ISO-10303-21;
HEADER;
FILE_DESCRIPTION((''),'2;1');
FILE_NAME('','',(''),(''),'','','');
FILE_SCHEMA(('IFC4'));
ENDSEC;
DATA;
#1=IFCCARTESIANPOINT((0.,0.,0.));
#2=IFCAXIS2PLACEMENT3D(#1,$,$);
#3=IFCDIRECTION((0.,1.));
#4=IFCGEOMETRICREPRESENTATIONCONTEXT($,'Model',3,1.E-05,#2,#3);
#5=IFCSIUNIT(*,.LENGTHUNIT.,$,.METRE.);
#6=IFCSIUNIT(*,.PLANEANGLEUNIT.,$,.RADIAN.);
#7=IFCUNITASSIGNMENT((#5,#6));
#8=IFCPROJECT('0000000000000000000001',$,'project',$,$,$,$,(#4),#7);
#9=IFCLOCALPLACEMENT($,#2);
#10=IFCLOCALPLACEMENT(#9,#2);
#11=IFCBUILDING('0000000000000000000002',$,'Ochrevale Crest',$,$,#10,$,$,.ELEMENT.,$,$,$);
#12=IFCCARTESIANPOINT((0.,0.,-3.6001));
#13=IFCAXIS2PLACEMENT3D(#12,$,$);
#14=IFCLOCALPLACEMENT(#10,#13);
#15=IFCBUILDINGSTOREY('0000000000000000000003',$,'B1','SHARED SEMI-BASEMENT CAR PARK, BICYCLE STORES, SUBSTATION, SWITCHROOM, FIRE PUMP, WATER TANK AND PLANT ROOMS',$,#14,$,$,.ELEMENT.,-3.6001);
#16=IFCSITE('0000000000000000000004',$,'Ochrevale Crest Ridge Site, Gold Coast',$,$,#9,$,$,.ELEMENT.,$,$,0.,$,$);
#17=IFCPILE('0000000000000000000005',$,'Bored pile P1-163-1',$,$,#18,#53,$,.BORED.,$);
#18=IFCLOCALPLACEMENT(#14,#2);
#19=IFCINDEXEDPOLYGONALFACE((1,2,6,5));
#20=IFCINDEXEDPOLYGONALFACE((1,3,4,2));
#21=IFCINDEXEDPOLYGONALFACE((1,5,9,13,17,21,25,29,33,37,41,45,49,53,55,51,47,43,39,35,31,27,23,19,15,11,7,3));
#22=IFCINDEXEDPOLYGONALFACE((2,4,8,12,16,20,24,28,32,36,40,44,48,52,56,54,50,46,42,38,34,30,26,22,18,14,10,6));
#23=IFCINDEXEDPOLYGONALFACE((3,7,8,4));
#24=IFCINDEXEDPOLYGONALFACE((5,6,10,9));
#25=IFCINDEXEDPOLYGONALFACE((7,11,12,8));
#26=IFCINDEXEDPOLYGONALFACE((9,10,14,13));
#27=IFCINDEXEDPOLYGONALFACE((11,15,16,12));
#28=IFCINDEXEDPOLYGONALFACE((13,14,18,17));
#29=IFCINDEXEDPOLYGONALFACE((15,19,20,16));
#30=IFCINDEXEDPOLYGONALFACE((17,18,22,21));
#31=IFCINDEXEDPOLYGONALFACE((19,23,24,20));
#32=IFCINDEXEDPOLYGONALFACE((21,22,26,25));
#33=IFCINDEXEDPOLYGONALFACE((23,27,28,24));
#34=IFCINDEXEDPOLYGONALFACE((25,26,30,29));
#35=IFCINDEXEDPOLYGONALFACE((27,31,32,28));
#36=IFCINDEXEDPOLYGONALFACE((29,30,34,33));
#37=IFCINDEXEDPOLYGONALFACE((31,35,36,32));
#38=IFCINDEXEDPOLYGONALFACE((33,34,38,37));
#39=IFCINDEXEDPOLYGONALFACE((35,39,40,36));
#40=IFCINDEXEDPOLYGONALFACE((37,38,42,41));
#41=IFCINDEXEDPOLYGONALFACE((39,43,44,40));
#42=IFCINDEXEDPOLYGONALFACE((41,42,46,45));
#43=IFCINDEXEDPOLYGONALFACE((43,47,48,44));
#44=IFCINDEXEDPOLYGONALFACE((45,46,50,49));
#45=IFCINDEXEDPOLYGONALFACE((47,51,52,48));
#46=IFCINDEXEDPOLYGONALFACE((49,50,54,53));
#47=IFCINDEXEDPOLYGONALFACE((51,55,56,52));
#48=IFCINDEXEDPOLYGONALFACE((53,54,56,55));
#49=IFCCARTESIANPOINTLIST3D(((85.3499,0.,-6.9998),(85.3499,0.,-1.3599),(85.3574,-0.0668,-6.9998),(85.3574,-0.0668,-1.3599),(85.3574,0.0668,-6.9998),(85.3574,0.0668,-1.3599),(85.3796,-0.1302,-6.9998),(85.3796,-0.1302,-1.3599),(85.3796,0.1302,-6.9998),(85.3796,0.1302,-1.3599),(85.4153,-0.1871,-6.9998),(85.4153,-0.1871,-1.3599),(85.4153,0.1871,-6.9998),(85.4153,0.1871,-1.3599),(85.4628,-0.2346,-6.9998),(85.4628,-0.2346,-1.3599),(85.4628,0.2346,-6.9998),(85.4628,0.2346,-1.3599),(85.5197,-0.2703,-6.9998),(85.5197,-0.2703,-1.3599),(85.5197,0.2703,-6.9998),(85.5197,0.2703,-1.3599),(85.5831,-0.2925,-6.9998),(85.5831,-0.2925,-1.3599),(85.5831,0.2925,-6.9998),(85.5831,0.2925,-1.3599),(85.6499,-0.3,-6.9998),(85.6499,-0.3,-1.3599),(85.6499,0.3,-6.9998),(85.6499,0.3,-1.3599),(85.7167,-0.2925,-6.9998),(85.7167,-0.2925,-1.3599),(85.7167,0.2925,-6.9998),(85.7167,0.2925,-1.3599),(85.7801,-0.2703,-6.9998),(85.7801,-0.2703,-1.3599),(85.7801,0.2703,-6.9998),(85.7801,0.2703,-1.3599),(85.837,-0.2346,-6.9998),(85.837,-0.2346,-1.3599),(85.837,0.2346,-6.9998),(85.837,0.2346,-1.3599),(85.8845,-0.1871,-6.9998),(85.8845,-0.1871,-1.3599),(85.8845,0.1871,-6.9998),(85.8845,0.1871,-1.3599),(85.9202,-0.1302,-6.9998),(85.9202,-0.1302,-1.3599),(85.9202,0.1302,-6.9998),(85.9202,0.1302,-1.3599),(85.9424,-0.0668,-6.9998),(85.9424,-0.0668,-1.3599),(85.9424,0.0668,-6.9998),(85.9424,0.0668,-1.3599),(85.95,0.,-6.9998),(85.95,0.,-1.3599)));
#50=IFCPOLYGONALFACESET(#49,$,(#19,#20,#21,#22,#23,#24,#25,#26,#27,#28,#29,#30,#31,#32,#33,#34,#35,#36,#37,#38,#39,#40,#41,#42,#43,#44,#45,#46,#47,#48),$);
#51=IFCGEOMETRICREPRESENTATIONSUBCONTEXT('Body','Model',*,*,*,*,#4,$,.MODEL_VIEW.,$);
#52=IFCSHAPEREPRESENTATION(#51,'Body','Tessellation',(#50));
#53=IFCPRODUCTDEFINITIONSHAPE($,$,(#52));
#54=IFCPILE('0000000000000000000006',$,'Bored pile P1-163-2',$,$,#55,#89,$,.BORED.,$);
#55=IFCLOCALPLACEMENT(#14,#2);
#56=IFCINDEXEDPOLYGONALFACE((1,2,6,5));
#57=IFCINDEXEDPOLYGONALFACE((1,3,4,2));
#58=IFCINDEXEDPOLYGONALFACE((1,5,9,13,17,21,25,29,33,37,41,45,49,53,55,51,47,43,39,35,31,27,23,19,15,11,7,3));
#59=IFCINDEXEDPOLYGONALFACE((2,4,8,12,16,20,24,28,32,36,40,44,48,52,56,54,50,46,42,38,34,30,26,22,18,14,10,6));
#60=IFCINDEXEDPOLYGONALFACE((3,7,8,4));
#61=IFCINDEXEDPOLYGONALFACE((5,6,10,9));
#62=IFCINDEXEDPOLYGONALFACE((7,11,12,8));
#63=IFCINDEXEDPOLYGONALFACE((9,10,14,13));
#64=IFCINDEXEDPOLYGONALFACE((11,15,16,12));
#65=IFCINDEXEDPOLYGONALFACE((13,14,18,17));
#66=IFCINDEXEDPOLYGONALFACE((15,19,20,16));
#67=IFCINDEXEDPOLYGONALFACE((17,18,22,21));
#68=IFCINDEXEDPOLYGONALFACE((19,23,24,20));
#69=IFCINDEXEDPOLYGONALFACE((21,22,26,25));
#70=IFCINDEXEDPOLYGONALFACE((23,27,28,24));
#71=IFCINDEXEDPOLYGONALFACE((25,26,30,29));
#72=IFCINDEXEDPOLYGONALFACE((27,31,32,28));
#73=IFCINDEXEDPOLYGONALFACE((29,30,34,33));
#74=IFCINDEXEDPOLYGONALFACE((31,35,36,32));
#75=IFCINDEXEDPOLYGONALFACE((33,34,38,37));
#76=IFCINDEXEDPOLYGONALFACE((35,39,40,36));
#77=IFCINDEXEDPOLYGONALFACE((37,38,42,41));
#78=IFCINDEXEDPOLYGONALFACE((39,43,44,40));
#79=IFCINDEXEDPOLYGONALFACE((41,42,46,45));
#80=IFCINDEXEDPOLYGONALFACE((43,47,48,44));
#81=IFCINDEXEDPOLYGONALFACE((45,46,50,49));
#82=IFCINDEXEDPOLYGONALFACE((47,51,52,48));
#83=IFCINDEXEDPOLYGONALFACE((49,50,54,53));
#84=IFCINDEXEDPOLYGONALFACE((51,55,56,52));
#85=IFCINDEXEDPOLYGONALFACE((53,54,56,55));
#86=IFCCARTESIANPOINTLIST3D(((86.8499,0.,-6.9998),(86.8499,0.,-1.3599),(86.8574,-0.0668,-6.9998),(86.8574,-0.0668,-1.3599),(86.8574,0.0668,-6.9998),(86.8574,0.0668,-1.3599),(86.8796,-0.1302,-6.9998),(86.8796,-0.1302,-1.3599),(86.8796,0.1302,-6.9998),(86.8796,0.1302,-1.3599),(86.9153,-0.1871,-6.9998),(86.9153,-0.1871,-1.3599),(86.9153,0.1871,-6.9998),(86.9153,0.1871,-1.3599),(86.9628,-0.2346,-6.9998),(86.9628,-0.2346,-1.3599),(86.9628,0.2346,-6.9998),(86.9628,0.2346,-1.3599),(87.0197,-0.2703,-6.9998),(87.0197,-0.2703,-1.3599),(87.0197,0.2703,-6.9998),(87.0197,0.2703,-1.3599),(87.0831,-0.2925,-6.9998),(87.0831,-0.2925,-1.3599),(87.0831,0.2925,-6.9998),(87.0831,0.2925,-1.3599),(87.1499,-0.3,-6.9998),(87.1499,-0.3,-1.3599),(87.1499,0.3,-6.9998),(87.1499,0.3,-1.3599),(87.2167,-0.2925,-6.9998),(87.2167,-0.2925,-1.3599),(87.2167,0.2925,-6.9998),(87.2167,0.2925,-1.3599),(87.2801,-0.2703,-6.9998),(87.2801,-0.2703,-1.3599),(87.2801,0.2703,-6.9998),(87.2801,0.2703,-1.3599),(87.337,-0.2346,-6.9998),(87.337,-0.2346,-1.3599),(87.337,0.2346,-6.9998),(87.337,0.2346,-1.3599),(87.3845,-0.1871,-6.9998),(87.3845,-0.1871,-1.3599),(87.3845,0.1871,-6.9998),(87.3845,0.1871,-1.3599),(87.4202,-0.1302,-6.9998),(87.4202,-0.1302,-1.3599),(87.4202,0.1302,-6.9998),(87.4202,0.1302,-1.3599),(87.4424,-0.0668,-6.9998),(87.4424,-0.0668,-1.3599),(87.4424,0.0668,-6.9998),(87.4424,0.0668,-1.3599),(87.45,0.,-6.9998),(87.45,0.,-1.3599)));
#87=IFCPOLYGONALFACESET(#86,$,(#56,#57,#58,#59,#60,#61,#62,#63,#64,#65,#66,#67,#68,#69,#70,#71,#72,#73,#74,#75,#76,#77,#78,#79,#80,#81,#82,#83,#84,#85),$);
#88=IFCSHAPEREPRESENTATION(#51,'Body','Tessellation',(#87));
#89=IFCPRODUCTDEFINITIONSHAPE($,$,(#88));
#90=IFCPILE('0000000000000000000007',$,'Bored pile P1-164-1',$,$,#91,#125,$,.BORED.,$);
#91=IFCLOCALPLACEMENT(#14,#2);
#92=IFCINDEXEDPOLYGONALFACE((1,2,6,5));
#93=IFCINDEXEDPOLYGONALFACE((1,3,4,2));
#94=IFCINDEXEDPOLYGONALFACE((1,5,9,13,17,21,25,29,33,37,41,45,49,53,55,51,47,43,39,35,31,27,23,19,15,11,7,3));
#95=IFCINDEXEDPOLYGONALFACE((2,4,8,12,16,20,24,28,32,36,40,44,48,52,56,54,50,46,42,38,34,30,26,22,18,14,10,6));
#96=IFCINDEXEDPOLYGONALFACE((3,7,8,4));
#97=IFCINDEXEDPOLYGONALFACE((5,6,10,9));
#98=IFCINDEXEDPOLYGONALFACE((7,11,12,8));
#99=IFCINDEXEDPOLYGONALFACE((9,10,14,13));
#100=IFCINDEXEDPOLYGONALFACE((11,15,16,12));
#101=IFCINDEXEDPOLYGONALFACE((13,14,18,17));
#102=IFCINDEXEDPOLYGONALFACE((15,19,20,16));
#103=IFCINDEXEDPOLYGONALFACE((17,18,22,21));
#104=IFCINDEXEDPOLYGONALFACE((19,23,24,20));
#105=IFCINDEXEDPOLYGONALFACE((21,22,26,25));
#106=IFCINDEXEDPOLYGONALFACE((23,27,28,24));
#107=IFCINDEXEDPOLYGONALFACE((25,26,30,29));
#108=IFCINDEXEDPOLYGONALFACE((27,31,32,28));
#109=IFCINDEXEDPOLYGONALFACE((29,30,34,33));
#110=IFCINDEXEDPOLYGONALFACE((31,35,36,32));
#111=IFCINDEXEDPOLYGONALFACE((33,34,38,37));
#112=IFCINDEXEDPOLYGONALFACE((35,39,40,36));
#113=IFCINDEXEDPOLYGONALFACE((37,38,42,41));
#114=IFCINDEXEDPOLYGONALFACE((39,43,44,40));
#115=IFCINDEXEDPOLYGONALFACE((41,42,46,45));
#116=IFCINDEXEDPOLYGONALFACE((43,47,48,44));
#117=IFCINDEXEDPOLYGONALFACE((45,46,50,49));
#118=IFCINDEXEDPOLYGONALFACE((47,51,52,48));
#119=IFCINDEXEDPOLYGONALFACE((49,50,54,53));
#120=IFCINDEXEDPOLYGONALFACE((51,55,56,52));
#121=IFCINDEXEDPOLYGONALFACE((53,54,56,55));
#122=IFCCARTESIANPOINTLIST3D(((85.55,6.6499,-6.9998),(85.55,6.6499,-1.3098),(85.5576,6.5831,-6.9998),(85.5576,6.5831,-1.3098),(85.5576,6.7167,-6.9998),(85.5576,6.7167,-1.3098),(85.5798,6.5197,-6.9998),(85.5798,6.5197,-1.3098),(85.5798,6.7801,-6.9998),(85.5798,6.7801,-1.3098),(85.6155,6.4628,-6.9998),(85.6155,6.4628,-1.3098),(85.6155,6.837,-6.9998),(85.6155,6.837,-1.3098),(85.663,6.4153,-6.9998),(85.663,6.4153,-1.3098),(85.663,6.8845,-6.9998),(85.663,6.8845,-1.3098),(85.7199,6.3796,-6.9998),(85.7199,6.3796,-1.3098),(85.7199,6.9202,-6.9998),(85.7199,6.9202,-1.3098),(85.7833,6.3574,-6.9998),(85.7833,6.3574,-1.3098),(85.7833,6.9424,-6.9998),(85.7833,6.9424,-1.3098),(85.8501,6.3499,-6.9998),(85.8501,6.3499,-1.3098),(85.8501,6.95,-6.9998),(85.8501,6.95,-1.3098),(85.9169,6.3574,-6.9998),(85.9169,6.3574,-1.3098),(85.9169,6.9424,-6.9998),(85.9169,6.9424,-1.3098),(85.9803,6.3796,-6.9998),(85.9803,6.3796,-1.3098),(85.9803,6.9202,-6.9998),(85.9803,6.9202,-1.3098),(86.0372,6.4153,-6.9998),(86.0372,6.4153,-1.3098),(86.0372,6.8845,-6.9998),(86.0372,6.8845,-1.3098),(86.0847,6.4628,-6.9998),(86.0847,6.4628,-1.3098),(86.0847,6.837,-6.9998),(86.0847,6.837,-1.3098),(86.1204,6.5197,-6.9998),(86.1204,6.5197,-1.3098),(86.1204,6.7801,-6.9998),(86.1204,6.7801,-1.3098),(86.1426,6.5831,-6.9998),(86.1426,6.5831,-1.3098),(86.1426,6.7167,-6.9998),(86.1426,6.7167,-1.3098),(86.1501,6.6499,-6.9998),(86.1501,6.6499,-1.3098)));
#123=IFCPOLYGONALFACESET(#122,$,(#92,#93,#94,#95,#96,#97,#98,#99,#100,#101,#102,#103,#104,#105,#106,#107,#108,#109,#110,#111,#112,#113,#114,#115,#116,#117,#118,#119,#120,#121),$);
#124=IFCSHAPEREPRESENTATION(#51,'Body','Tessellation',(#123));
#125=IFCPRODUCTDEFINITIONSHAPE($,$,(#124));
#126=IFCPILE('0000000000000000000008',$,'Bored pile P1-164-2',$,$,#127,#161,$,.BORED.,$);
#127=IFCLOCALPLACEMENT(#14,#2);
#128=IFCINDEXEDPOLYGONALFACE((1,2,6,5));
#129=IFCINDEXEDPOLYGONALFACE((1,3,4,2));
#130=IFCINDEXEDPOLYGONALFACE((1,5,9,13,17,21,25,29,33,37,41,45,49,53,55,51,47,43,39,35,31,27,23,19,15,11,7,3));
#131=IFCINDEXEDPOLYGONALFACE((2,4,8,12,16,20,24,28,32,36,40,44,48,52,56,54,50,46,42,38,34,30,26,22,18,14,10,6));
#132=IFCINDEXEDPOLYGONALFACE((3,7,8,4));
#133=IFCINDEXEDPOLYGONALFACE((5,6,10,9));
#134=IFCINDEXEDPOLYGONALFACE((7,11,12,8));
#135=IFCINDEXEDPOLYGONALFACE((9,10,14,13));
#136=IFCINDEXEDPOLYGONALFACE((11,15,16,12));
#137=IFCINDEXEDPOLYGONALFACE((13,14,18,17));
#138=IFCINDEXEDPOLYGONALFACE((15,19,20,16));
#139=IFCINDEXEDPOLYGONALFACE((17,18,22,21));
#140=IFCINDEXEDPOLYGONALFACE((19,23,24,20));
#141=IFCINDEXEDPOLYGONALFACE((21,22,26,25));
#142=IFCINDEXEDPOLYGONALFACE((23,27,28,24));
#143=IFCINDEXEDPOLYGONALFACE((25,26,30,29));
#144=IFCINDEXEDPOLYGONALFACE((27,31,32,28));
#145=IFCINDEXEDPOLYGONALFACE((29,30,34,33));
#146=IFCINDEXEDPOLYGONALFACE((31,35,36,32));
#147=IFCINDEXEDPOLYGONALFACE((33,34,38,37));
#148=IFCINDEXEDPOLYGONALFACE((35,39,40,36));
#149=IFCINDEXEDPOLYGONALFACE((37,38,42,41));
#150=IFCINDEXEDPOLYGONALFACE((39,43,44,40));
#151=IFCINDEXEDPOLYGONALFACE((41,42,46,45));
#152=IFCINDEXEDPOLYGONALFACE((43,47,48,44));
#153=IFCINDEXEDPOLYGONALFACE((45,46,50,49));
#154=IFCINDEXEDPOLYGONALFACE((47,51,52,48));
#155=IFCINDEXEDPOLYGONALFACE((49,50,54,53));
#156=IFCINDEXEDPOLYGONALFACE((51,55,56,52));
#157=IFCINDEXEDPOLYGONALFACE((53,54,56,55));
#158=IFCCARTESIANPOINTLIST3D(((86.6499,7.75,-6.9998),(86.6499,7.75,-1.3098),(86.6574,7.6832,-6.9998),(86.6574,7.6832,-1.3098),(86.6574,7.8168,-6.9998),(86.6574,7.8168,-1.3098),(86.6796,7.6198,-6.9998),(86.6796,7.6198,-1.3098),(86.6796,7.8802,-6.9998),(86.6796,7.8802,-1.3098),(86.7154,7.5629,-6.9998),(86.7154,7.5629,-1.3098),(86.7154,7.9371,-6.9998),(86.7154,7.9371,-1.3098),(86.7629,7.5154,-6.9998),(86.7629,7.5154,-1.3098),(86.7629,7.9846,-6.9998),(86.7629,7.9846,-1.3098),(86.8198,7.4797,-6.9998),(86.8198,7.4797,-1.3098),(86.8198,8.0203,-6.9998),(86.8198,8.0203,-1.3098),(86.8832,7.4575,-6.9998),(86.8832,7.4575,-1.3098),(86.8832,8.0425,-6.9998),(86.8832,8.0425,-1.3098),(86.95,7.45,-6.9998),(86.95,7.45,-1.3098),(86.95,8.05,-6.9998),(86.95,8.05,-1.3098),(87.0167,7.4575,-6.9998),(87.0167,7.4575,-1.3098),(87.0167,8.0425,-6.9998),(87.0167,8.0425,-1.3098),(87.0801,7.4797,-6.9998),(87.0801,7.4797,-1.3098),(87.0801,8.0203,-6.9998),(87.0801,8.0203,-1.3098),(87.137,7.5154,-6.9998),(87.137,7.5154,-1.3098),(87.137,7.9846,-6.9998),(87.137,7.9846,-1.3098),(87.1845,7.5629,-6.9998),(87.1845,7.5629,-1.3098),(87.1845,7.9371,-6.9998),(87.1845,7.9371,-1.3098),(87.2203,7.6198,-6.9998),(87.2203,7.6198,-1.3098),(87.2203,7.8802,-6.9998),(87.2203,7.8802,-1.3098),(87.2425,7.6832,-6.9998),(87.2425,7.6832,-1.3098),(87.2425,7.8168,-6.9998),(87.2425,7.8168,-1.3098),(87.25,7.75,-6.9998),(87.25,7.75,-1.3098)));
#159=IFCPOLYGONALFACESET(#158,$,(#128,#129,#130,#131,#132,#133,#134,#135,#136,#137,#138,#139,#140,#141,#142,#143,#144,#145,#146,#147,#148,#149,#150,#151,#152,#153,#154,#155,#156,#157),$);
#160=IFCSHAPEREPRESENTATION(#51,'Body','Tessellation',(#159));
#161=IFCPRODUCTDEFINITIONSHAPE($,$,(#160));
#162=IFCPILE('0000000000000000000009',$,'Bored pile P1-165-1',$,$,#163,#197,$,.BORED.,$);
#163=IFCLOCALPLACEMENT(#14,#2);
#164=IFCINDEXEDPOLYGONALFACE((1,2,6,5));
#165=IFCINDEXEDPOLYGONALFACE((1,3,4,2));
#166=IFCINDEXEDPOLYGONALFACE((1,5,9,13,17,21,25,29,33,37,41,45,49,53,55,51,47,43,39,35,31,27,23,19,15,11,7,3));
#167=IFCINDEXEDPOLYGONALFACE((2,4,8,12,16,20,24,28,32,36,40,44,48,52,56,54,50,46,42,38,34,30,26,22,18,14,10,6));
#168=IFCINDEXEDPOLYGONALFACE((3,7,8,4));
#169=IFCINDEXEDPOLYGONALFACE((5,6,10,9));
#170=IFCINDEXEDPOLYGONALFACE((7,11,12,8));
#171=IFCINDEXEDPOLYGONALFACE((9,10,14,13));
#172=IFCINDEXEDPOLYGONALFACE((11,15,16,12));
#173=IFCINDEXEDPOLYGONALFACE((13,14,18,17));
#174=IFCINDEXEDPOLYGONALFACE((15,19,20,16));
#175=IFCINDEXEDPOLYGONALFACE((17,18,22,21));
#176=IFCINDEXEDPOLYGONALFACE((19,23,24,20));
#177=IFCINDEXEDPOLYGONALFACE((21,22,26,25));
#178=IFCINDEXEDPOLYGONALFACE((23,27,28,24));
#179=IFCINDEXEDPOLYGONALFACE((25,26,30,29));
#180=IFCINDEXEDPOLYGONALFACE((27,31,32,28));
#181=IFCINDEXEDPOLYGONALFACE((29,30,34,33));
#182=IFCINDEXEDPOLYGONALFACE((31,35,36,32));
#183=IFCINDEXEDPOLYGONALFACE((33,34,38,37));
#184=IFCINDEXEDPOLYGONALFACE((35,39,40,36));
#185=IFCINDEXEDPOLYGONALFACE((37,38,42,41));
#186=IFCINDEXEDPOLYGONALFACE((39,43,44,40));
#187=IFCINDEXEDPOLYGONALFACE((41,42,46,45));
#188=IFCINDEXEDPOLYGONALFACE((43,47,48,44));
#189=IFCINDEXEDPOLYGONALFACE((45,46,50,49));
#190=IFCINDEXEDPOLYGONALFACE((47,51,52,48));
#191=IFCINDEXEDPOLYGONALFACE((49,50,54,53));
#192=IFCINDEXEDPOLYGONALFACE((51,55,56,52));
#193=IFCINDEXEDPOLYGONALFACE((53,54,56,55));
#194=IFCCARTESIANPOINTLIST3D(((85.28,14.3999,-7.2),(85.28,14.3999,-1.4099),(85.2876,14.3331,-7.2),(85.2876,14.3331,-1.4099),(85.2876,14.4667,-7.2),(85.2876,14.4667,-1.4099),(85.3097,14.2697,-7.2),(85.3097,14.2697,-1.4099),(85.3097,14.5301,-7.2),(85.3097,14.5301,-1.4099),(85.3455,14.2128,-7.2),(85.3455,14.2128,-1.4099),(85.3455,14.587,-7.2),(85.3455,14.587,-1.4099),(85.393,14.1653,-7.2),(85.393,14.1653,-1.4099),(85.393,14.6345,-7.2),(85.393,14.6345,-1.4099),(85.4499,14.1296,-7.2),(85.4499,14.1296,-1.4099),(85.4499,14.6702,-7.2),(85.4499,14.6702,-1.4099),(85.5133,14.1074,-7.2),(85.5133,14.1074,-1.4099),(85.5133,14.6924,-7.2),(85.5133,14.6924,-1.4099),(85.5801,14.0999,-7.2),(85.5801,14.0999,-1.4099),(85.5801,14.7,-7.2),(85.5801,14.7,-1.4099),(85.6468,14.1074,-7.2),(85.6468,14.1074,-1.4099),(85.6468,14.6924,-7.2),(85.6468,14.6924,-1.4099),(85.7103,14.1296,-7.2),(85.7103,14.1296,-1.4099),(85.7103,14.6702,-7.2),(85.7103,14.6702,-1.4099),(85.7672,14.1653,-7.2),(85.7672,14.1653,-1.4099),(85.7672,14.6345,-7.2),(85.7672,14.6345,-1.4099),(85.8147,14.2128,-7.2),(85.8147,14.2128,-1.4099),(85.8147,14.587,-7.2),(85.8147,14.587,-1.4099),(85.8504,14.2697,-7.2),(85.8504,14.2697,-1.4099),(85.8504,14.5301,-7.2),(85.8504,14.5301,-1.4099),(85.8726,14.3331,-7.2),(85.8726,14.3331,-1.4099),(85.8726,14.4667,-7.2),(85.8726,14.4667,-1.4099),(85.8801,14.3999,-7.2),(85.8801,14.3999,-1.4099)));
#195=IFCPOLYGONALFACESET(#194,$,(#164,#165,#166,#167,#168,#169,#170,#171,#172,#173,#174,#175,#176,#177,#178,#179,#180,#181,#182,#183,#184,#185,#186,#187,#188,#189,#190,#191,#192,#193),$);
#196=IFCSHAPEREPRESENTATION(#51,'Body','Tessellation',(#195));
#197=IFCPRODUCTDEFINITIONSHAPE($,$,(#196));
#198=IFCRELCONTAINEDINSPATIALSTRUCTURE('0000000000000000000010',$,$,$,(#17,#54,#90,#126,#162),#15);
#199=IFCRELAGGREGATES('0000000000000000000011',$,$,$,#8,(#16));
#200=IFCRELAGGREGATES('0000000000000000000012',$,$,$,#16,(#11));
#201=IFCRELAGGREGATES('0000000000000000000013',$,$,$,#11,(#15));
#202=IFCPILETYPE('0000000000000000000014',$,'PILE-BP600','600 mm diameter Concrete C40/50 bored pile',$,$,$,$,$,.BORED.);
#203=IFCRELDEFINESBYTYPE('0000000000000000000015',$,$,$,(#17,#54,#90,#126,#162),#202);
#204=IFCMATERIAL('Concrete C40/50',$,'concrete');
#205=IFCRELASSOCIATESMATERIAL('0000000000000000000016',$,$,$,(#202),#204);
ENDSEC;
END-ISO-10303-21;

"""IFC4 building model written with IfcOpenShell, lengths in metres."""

from ifc_helpers import new_model, si_unit, direction, frame, origin, origin_2d, place, context, subcontext, project, spatial, circle, extrude, material, material_profile, profile_set, type_object, element, save


model = new_model("IFC4")

# Units and contexts
model_context = context("Model", 3, precision=1e-05, world=origin(), true_north=direction((0.0, 1.0)))
body_context = subcontext(model_context, "Body", "Model", "MODEL_VIEW")
ifc_project = project(units=[si_unit("LENGTHUNIT", "METRE"), si_unit("PLANEANGLEUNIT", "RADIAN")], contexts=[model_context])

# Site, building, storey
site_placement = place(None, origin())
site = spatial("IfcSite", under=ifc_project, at=site_placement, Name="Ochrevale Crest Ridge Site, Gold Coast", CompositionType="ELEMENT", RefElevation=0.0)
building_placement = place(site_placement, origin())
building = spatial("IfcBuilding", under=site, at=building_placement, Name="Ochrevale Crest", CompositionType="ELEMENT")
storey_placement = place(building_placement, frame((0.0, 0.0, -3.6001)))
storey = spatial("IfcBuildingStorey", under=building, at=storey_placement, Name="B1", Description="SHARED SEMI-BASEMENT CAR PARK, BICYCLE STORES, SUBSTATION, SWITCHROOM, FIRE PUMP, WATER TANK AND PLANT ROOMS", CompositionType="ELEMENT", Elevation=-3.6001)

# Shared definitions
ifc_material_1 = material(Name="Concrete C40/50", Category="concrete")

# Piles
ifc_material_profile_1 = material_profile(ifc_material_1, circle(Radius=0.3, at=origin_2d()), Name="BORED PILE 600")
ifc_profile_set_1 = profile_set([ifc_material_profile_1], Name="Concrete C40/50")
pile_type = type_object("IfcPileType", Name="PILE-BP600", Description="600 mm diameter Concrete C40/50 bored pile", PredefinedType="BORED", material=ifc_profile_set_1)
for number, where, z_axis, x_axis, name in (
    (1, (85.6499, 0.0, -1.3599), (0.0, 0.0, -1.0), (1.0, 0.0, 0.0), "Bored pile P1-163-1"),
    (2, (87.1499, 0.0, -1.3599), (0.0, 0.0, -1.0), (1.0, 0.0, 0.0), "Bored pile P1-163-2"),
):
    element("IfcPile", number, at=place(storey_placement, frame(where, z_axis=z_axis, x_axis=x_axis)), inside=storey, type_object=pile_type, Name=name, PredefinedType="BORED", context=body_context, shape_type="SweptSolid", body=[
        extrude(circle(Radius=0.3, at=origin_2d()), origin(), (0.0, 0.0, 1.0), 5.6399),
    ])
for number, where, z_axis, x_axis, name in (
    (3, (85.8501, 6.6499, -1.3098), (0.0, 0.0, -1.0), (1.0, 0.0, 0.0), "Bored pile P1-164-1"),
    (4, (86.95, 7.75, -1.3098), (0.0, 0.0, -1.0), (1.0, 0.0, 0.0), "Bored pile P1-164-2"),
):
    element("IfcPile", number, at=place(storey_placement, frame(where, z_axis=z_axis, x_axis=x_axis)), inside=storey, type_object=pile_type, Name=name, PredefinedType="BORED", context=body_context, shape_type="SweptSolid", body=[
        extrude(circle(Radius=0.3, at=origin_2d()), origin(), (0.0, 0.0, 1.0), 5.6899),
    ])
for number, where, z_axis, x_axis, name in (
    (5, (85.5801, 14.3999, -1.4099), (0.0, 0.0, -1.0), (1.0, 0.0, 0.0), "Bored pile P1-165-1"),
):
    element("IfcPile", number, at=place(storey_placement, frame(where, z_axis=z_axis, x_axis=x_axis)), inside=storey, type_object=pile_type, Name=name, PredefinedType="BORED", context=body_context, shape_type="SweptSolid", body=[
        extrude(circle(Radius=0.3, at=origin_2d()), origin(), (0.0, 0.0, 1.0), 5.79),
    ])

save(model, "model.ifc")
